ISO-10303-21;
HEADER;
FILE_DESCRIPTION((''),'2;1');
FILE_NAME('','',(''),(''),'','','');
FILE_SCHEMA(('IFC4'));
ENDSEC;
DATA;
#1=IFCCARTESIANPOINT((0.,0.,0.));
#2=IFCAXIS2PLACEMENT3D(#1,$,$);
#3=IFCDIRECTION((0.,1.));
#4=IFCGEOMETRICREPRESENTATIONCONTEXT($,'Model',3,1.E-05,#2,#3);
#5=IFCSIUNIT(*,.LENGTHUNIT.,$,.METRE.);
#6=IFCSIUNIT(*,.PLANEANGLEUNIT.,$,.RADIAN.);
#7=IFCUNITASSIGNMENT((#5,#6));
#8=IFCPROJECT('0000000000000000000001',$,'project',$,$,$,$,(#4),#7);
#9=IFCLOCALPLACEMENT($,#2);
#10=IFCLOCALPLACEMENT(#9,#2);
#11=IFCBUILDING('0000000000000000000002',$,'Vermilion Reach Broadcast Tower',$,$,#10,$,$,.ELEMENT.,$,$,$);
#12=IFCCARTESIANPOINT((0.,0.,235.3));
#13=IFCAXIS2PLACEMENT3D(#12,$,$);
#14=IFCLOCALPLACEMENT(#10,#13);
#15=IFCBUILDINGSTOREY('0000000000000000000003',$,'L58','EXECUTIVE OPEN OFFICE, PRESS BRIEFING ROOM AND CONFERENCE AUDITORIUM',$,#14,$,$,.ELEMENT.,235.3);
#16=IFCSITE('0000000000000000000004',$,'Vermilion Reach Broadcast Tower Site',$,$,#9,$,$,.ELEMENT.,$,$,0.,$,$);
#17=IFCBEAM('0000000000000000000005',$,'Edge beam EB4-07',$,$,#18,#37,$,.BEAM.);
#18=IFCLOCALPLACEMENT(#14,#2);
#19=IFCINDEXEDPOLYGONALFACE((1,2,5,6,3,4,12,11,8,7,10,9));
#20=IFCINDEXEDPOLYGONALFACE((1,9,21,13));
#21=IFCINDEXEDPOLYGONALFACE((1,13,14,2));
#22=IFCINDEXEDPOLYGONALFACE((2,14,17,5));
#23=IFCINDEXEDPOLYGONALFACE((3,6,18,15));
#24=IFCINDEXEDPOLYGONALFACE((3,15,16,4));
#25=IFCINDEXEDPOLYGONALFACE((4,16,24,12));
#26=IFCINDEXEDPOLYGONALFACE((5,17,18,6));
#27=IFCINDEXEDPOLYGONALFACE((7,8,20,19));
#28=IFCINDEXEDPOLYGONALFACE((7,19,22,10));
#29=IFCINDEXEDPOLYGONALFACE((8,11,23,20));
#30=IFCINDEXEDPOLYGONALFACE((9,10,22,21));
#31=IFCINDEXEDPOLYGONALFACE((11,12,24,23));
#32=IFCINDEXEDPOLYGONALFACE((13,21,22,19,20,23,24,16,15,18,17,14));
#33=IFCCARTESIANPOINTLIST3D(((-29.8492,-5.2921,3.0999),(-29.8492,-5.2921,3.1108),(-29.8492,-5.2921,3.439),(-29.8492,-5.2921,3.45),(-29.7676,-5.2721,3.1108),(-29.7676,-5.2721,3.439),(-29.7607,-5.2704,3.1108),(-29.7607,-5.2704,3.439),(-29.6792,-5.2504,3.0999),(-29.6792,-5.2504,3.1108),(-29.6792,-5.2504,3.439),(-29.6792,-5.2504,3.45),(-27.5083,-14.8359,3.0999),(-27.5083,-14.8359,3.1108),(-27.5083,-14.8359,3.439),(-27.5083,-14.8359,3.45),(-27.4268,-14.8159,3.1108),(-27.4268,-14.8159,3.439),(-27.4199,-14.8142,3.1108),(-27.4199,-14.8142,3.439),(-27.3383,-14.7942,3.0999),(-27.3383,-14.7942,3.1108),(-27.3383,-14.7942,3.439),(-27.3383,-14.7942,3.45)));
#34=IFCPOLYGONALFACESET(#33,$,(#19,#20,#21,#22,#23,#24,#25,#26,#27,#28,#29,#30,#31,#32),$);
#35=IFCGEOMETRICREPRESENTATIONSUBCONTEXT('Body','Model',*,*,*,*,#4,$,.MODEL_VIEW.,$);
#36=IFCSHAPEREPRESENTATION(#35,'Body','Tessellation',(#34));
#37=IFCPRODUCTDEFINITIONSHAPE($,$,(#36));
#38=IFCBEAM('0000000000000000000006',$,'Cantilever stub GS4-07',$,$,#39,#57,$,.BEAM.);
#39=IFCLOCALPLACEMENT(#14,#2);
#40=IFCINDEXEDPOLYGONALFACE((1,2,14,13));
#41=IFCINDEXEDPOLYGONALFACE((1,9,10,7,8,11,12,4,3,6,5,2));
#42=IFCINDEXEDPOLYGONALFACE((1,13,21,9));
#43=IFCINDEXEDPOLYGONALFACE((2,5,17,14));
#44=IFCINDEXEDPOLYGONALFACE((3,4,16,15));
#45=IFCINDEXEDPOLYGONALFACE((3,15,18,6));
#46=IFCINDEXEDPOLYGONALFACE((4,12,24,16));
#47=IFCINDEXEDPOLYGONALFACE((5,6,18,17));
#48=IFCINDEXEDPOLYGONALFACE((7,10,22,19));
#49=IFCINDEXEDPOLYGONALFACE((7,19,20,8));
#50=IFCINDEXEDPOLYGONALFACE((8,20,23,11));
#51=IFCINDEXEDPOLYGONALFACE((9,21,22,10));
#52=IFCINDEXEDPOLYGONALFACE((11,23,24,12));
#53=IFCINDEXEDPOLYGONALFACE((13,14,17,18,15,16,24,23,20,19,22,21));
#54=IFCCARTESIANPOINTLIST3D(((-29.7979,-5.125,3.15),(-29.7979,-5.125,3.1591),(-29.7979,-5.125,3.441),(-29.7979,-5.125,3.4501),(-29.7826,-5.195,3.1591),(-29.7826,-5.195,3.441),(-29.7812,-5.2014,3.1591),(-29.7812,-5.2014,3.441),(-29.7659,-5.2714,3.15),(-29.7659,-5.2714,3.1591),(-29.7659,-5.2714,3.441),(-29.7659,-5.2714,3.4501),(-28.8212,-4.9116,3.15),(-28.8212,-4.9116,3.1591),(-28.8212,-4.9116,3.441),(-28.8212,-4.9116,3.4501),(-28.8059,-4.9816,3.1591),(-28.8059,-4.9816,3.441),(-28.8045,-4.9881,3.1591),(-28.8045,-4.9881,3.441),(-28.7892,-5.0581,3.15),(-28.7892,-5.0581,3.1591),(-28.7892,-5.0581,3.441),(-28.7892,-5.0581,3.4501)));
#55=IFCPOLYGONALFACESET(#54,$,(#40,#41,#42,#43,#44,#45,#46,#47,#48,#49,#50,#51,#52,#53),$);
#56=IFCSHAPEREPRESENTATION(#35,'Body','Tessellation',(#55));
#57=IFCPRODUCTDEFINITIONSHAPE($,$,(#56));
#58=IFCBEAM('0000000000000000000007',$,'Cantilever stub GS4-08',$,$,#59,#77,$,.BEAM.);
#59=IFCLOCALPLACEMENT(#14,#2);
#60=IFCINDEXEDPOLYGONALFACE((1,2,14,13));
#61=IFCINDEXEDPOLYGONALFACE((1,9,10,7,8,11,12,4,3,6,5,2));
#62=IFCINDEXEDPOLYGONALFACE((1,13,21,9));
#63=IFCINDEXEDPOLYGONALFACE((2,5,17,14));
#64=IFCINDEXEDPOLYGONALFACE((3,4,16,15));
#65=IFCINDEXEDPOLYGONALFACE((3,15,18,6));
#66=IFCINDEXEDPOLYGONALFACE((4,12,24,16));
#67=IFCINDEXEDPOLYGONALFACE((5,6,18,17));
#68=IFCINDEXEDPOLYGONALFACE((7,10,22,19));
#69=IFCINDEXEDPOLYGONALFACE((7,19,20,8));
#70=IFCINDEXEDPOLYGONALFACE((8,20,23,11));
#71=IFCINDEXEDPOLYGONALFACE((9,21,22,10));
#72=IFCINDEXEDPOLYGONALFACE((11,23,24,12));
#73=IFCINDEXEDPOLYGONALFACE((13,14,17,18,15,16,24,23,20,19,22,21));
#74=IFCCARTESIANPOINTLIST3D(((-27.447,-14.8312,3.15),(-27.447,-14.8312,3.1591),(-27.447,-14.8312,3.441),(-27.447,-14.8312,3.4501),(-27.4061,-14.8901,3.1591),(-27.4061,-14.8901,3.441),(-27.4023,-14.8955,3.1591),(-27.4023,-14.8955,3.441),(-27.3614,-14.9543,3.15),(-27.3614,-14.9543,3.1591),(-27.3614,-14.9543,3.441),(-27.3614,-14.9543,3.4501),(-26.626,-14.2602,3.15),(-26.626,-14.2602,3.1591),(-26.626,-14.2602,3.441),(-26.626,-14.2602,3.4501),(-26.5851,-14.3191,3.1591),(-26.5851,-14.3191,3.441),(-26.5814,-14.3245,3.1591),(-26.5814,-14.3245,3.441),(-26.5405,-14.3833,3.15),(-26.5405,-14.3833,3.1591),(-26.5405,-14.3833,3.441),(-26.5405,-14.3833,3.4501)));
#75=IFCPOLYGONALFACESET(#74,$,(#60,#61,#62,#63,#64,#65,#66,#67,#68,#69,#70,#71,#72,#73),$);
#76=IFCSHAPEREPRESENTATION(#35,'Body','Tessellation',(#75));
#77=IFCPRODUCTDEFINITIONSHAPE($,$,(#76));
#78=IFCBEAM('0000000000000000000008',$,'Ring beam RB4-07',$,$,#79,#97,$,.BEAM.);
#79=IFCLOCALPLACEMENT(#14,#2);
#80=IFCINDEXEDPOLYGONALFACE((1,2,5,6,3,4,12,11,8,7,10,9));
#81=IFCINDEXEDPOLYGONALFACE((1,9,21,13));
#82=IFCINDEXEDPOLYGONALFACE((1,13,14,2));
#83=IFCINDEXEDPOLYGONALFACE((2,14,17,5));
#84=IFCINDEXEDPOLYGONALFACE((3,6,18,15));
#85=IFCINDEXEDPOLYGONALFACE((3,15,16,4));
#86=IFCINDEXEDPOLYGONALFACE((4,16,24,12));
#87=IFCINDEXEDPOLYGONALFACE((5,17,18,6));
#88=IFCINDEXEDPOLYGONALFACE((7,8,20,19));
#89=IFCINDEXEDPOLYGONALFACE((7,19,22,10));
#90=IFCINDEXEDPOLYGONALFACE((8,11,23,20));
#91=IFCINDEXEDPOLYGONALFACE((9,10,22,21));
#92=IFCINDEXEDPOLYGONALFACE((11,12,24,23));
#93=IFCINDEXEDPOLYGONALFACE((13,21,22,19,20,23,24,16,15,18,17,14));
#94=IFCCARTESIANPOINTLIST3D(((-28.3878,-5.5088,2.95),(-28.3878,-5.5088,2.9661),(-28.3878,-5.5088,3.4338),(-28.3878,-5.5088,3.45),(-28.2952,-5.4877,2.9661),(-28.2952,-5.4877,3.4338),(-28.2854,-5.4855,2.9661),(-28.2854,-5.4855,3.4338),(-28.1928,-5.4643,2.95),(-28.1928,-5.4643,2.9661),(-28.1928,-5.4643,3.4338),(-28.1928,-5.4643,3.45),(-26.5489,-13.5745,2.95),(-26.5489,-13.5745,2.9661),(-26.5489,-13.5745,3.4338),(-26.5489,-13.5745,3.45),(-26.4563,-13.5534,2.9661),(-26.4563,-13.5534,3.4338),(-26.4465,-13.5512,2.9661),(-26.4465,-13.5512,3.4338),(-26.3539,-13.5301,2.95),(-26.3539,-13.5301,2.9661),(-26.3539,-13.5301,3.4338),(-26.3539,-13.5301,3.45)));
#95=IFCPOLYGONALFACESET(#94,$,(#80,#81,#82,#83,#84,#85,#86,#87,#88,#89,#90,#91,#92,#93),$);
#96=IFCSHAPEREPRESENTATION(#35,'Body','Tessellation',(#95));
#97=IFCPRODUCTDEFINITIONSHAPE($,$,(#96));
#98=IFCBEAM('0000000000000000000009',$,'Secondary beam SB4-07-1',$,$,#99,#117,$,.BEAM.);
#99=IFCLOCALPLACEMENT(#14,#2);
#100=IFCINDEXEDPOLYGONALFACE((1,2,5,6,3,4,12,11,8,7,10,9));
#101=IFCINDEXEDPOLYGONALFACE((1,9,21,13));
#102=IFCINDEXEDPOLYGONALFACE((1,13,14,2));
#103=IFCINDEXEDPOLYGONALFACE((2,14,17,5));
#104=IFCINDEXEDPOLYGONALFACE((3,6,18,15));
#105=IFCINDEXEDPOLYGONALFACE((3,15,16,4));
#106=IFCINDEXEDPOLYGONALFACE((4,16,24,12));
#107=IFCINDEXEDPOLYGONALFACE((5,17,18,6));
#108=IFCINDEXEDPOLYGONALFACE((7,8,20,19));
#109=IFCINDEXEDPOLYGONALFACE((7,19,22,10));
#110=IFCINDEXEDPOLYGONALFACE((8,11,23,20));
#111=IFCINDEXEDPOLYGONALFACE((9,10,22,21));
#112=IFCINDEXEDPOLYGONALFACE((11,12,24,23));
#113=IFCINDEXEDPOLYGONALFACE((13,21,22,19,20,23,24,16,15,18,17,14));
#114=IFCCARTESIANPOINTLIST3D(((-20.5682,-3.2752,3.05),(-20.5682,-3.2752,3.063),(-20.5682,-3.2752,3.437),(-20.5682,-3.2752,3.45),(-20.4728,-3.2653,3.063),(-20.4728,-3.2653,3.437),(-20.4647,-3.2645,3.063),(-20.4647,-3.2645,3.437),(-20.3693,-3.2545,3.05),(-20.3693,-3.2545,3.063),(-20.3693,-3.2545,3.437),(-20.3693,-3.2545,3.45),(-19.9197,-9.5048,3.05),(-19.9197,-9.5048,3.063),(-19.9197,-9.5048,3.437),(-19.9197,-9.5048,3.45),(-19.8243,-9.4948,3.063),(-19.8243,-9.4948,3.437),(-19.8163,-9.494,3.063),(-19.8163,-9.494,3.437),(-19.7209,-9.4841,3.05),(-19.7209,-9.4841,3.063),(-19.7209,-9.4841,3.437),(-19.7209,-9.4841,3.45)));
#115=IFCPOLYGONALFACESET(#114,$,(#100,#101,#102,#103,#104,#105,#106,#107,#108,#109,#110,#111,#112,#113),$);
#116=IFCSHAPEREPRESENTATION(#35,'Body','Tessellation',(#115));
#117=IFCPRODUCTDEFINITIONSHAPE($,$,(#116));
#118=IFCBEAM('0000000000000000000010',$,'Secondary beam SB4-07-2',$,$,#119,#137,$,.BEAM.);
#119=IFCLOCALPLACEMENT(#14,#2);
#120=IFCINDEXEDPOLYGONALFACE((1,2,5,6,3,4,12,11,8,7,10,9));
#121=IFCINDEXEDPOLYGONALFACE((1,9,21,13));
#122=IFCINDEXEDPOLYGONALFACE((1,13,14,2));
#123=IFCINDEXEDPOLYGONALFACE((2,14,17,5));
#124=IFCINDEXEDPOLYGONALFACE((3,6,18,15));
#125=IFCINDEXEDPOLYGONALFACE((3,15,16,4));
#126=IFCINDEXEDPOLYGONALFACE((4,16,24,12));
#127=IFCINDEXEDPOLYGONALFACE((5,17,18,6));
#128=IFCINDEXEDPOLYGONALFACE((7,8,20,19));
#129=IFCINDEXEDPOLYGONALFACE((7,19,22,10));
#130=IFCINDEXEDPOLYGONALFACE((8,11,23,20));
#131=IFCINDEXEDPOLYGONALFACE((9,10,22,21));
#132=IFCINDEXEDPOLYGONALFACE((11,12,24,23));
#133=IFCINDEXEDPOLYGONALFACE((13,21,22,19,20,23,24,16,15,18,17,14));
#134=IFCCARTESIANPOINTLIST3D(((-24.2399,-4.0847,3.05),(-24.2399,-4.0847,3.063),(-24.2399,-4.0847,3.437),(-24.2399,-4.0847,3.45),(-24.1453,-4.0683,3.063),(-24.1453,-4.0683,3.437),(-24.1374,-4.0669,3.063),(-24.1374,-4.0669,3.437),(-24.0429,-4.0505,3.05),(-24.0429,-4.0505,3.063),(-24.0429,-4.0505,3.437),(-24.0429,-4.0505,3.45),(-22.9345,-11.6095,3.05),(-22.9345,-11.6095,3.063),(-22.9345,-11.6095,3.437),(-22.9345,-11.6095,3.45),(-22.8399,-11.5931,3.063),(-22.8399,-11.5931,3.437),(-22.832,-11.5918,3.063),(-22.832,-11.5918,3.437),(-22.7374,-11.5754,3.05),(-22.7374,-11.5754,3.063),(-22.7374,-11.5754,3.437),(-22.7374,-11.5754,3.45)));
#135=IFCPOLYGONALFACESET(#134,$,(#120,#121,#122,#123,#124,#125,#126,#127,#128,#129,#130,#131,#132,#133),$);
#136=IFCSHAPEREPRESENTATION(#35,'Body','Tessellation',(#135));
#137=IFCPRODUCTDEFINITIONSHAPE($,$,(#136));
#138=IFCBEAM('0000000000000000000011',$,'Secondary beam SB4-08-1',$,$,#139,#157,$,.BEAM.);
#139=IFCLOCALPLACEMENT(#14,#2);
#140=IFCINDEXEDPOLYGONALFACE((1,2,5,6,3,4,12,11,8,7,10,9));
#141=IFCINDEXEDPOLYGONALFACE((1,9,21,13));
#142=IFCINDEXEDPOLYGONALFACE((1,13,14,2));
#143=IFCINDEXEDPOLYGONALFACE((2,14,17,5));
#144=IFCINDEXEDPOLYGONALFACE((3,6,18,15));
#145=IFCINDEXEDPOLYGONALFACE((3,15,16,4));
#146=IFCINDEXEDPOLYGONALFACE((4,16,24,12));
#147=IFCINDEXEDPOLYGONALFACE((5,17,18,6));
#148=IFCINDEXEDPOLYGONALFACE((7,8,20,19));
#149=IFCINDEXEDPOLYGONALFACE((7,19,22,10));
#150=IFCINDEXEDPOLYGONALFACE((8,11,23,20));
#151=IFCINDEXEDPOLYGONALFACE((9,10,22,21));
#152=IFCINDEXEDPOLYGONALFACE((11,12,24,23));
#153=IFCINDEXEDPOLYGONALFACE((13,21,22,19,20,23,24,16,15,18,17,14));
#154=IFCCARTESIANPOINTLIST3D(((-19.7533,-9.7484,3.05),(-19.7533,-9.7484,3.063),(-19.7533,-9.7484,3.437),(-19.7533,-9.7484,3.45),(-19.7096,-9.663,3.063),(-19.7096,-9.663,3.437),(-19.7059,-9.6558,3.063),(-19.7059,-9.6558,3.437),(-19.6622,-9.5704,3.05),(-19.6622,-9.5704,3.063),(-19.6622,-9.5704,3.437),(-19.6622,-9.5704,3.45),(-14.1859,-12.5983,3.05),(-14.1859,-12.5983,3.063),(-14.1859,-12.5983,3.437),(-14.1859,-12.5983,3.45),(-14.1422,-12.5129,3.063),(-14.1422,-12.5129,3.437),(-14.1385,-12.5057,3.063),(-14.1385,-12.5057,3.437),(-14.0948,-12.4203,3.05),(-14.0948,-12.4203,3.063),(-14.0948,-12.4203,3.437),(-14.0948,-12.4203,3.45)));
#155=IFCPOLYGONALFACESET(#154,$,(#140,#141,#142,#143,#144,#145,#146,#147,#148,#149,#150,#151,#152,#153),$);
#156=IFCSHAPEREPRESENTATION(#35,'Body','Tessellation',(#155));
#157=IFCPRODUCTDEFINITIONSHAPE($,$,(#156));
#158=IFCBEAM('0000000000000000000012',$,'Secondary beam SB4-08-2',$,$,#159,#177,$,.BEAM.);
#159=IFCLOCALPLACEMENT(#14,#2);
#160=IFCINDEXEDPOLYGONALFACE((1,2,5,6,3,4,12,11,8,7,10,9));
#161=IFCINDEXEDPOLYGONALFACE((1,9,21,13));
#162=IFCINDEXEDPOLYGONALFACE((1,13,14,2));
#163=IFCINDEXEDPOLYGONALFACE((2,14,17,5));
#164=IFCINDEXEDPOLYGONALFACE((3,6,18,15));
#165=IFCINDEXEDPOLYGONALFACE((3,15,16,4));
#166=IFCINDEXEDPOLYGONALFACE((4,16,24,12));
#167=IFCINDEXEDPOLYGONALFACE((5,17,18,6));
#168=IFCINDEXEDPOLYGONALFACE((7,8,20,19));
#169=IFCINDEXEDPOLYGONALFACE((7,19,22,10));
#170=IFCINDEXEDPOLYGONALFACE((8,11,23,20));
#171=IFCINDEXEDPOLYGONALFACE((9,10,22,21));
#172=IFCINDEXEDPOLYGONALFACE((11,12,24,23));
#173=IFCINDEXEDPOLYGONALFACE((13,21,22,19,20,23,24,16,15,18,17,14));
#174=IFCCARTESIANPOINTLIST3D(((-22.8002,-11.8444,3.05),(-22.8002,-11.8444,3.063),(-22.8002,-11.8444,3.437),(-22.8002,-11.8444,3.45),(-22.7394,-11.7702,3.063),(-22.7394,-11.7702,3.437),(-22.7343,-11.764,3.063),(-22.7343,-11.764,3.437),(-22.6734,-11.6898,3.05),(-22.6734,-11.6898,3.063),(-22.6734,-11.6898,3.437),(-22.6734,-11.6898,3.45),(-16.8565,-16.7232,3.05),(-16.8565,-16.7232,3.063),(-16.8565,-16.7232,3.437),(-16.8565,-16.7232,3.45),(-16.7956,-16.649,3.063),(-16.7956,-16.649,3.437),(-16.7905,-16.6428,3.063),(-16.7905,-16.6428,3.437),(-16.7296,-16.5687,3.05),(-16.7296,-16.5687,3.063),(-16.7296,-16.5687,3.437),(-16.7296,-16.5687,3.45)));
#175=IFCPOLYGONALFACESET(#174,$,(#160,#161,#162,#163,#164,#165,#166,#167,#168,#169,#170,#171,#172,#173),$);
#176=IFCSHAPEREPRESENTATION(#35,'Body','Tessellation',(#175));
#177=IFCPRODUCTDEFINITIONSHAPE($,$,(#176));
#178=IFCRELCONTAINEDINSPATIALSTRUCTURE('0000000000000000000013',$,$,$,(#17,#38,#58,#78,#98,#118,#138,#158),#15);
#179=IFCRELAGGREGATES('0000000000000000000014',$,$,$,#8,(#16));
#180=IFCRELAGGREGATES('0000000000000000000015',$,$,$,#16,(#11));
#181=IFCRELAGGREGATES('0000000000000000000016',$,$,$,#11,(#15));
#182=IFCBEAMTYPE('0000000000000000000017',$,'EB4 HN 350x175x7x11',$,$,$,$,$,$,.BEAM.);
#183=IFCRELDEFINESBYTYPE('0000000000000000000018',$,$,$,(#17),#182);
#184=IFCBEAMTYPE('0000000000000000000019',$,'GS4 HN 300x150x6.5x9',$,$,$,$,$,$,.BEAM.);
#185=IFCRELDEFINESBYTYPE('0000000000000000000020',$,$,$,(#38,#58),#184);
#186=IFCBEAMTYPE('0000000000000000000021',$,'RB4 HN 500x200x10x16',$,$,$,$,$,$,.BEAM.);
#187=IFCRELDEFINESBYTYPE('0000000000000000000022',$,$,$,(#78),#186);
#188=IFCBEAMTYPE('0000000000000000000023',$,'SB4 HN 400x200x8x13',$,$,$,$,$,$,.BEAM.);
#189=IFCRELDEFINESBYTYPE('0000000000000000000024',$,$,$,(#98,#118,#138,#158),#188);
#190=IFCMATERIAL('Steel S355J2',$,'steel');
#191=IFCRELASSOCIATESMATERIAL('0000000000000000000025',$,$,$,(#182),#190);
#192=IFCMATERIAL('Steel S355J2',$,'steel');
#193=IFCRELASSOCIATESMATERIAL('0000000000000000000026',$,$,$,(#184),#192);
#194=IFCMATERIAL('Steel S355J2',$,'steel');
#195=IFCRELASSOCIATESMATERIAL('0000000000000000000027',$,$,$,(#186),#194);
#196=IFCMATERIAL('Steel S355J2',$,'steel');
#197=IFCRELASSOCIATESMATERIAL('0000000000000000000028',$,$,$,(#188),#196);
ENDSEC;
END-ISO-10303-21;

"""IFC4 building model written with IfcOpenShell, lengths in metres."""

from ifc_helpers import new_model, si_unit, direction, frame, origin, origin_2d, place, context, subcontext, project, spatial, i_section, extrude, material, material_profile, profile_set, type_object, element, save


model = new_model("IFC4")

# Units and contexts
model_context = context("Model", 3, precision=1e-05, world=origin(), true_north=direction((0.0, 1.0)))
body_context = subcontext(model_context, "Body", "Model", "MODEL_VIEW")
ifc_project = project(units=[si_unit("LENGTHUNIT", "METRE"), si_unit("PLANEANGLEUNIT", "RADIAN")], contexts=[model_context])

# Site, building, storey
site_placement = place(None, origin())
site = spatial("IfcSite", under=ifc_project, at=site_placement, Name="Vermilion Reach Broadcast Tower Site", CompositionType="ELEMENT", RefElevation=0.0)
building_placement = place(site_placement, origin())
building = spatial("IfcBuilding", under=site, at=building_placement, Name="Vermilion Reach Broadcast Tower", CompositionType="ELEMENT")
storey_placement = place(building_placement, frame((0.0, 0.0, 235.3)))
storey = spatial("IfcBuildingStorey", under=building, at=storey_placement, Name="L58", Description="EXECUTIVE OPEN OFFICE, PRESS BRIEFING ROOM AND CONFERENCE AUDITORIUM", CompositionType="ELEMENT", Elevation=235.3)

# Beams
ifc_material_1 = material(Name="Steel S355J2", Category="steel")
ifc_material_profile_1 = material_profile(ifc_material_1, i_section(OverallWidth=0.175, OverallDepth=0.3501, WebThickness=0.0071, FlangeThickness=0.011, at=origin_2d()), Name="S355J2 HN 350x175x7x11")
ifc_profile_set_1 = profile_set([ifc_material_profile_1], Name="Steel S355J2")
beam_type_1 = type_object("IfcBeamType", Name="EB4 HN 350x175x7x11", PredefinedType="BEAM", material=ifc_profile_set_1)
beam_1_placement = place(storey_placement, frame((-29.7642, -5.2712, 3.2749), z_axis=(0.238213, -0.971213, 0.0), x_axis=(0.971213, 0.238213, 0.0)))
element("IfcBeam", 1, at=beam_1_placement, inside=storey, type_object=beam_type_1, Name="Edge beam EB4-07", PredefinedType="BEAM", context=body_context, shape_type="SweptSolid", body=[
    extrude(i_section(OverallWidth=0.175, OverallDepth=0.3501, WebThickness=0.0071, FlangeThickness=0.011, at=origin_2d()), origin(), (0.0, 0.0, 1.0), 9.8267),
])
ifc_material_2 = material(Name="Steel S355J2", Category="steel")
ifc_material_profile_2 = material_profile(ifc_material_2, i_section(OverallWidth=0.1499, OverallDepth=0.3, WebThickness=0.0066, FlangeThickness=0.009, at=origin_2d()), Name="S355J2 HN 300x150x6.5x9")
ifc_profile_set_2 = profile_set([ifc_material_profile_2], Name="Steel S355J2")
beam_type_2 = type_object("IfcBeamType", Name="GS4 HN 300x150x6.5x9", PredefinedType="BEAM", material=ifc_profile_set_2)
beam_2_placement = place(storey_placement, frame((-28.8052, -4.9849, 3.3), z_axis=(-0.976962, -0.213413, 0.0), x_axis=(0.213413, -0.976962, 0.0)))
element("IfcBeam", 2, at=beam_2_placement, inside=storey, type_object=beam_type_2, Name="Cantilever stub GS4-07", PredefinedType="BEAM", context=body_context, shape_type="SweptSolid", body=[
    extrude(i_section(OverallWidth=0.1499, OverallDepth=0.3, WebThickness=0.0066, FlangeThickness=0.009, at=origin_2d()), origin(), (0.0, 0.0, 1.0), 0.9998),
])
beam_3_placement = place(storey_placement, frame((-26.5833, -14.3218, 3.3), z_axis=(-0.82096, -0.570986, 0.0), x_axis=(0.570986, -0.82096, 0.0)))
element("IfcBeam", 3, at=beam_3_placement, inside=storey, type_object=beam_type_2, Name="Cantilever stub GS4-08", PredefinedType="BEAM", context=body_context, shape_type="SweptSolid", body=[
    extrude(i_section(OverallWidth=0.1499, OverallDepth=0.3, WebThickness=0.0066, FlangeThickness=0.009, at=origin_2d()), origin(), (0.0, 0.0, 1.0), 1.0),
])
ifc_material_3 = material(Name="Steel S355J2", Category="steel")
ifc_material_profile_3 = material_profile(ifc_material_3, i_section(OverallWidth=0.2, OverallDepth=0.5, WebThickness=0.01, FlangeThickness=0.0161, at=origin_2d()), Name="S355J2 HN 500x200x10x16")
ifc_profile_set_3 = profile_set([ifc_material_profile_3], Name="Steel S355J2")
beam_type_3 = type_object("IfcBeamType", Name="RB4 HN 500x200x10x16", PredefinedType="BEAM", material=ifc_profile_set_3)
beam_4_placement = place(storey_placement, frame((-28.2903, -5.4866, 3.2), z_axis=(0.222283, -0.974982, 0.0), x_axis=(0.974982, 0.222283, 0.0)))
element("IfcBeam", 4, at=beam_4_placement, inside=storey, type_object=beam_type_3, Name="Ring beam RB4-07", PredefinedType="BEAM", context=body_context, shape_type="SweptSolid", body=[
    extrude(i_section(OverallWidth=0.2, OverallDepth=0.5, WebThickness=0.01, FlangeThickness=0.0161, at=origin_2d()), origin(), (0.0, 0.0, 1.0), 8.2727),
])
ifc_material_4 = material(Name="Steel S355J2", Category="steel")
ifc_material_profile_4 = material_profile(ifc_material_4, i_section(OverallWidth=0.2, OverallDepth=0.3999, WebThickness=0.0081, FlangeThickness=0.0129, at=origin_2d()), Name="S355J2 HN 400x200x8x13")
ifc_profile_set_4 = profile_set([ifc_material_profile_4], Name="Steel S355J2")
beam_type_4 = type_object("IfcBeamType", Name="SB4 HN 400x200x8x13", PredefinedType="BEAM", material=ifc_profile_set_4)
beam_5_placement = place(storey_placement, frame((-20.4688, -3.2649, 3.25), z_axis=(0.103532, -0.994626, 0.0), x_axis=(0.994626, 0.103532, 0.0)))
element("IfcBeam", 5, at=beam_5_placement, inside=storey, type_object=beam_type_4, Name="Secondary beam SB4-07-1", PredefinedType="BEAM", context=body_context, shape_type="SweptSolid", body=[
    extrude(i_section(OverallWidth=0.2, OverallDepth=0.3999, WebThickness=0.0081, FlangeThickness=0.0129, at=origin_2d()), origin(), (0.0, 0.0, 1.0), 6.2632),
])
beam_6_placement = place(storey_placement, frame((-24.1414, -4.0676, 3.25), z_axis=(0.170927, -0.985284, 0.0), x_axis=(0.985284, 0.170927, 0.0)))
element("IfcBeam", 6, at=beam_6_placement, inside=storey, type_object=beam_type_4, Name="Secondary beam SB4-07-2", PredefinedType="BEAM", context=body_context, shape_type="SweptSolid", body=[
    extrude(i_section(OverallWidth=0.2, OverallDepth=0.3999, WebThickness=0.0081, FlangeThickness=0.0129, at=origin_2d()), origin(), (0.0, 0.0, 1.0), 7.6372),
])
beam_7_placement = place(storey_placement, frame((-19.7078, -9.6594, 3.25), z_axis=(0.890156, -0.455656, 0.0), x_axis=(0.455656, 0.890156, 0.0)))
element("IfcBeam", 7, at=beam_7_placement, inside=storey, type_object=beam_type_4, Name="Secondary beam SB4-08-1", PredefinedType="BEAM", context=body_context, shape_type="SweptSolid", body=[
    extrude(i_section(OverallWidth=0.2, OverallDepth=0.3999, WebThickness=0.0081, FlangeThickness=0.0129, at=origin_2d()), origin(), (0.0, 0.0, 1.0), 6.2544),
])
beam_8_placement = place(storey_placement, frame((-22.7368, -11.7671, 3.25), z_axis=(0.772952, -0.634465, 0.0), x_axis=(0.634465, 0.772952, 0.0)))
element("IfcBeam", 8, at=beam_8_placement, inside=storey, type_object=beam_type_4, Name="Secondary beam SB4-08-2", PredefinedType="BEAM", context=body_context, shape_type="SweptSolid", body=[
    extrude(i_section(OverallWidth=0.2, OverallDepth=0.3999, WebThickness=0.0081, FlangeThickness=0.0129, at=origin_2d()), origin(), (0.0, 0.0, 1.0), 7.6897),
])

save(model, "model.ifc")
